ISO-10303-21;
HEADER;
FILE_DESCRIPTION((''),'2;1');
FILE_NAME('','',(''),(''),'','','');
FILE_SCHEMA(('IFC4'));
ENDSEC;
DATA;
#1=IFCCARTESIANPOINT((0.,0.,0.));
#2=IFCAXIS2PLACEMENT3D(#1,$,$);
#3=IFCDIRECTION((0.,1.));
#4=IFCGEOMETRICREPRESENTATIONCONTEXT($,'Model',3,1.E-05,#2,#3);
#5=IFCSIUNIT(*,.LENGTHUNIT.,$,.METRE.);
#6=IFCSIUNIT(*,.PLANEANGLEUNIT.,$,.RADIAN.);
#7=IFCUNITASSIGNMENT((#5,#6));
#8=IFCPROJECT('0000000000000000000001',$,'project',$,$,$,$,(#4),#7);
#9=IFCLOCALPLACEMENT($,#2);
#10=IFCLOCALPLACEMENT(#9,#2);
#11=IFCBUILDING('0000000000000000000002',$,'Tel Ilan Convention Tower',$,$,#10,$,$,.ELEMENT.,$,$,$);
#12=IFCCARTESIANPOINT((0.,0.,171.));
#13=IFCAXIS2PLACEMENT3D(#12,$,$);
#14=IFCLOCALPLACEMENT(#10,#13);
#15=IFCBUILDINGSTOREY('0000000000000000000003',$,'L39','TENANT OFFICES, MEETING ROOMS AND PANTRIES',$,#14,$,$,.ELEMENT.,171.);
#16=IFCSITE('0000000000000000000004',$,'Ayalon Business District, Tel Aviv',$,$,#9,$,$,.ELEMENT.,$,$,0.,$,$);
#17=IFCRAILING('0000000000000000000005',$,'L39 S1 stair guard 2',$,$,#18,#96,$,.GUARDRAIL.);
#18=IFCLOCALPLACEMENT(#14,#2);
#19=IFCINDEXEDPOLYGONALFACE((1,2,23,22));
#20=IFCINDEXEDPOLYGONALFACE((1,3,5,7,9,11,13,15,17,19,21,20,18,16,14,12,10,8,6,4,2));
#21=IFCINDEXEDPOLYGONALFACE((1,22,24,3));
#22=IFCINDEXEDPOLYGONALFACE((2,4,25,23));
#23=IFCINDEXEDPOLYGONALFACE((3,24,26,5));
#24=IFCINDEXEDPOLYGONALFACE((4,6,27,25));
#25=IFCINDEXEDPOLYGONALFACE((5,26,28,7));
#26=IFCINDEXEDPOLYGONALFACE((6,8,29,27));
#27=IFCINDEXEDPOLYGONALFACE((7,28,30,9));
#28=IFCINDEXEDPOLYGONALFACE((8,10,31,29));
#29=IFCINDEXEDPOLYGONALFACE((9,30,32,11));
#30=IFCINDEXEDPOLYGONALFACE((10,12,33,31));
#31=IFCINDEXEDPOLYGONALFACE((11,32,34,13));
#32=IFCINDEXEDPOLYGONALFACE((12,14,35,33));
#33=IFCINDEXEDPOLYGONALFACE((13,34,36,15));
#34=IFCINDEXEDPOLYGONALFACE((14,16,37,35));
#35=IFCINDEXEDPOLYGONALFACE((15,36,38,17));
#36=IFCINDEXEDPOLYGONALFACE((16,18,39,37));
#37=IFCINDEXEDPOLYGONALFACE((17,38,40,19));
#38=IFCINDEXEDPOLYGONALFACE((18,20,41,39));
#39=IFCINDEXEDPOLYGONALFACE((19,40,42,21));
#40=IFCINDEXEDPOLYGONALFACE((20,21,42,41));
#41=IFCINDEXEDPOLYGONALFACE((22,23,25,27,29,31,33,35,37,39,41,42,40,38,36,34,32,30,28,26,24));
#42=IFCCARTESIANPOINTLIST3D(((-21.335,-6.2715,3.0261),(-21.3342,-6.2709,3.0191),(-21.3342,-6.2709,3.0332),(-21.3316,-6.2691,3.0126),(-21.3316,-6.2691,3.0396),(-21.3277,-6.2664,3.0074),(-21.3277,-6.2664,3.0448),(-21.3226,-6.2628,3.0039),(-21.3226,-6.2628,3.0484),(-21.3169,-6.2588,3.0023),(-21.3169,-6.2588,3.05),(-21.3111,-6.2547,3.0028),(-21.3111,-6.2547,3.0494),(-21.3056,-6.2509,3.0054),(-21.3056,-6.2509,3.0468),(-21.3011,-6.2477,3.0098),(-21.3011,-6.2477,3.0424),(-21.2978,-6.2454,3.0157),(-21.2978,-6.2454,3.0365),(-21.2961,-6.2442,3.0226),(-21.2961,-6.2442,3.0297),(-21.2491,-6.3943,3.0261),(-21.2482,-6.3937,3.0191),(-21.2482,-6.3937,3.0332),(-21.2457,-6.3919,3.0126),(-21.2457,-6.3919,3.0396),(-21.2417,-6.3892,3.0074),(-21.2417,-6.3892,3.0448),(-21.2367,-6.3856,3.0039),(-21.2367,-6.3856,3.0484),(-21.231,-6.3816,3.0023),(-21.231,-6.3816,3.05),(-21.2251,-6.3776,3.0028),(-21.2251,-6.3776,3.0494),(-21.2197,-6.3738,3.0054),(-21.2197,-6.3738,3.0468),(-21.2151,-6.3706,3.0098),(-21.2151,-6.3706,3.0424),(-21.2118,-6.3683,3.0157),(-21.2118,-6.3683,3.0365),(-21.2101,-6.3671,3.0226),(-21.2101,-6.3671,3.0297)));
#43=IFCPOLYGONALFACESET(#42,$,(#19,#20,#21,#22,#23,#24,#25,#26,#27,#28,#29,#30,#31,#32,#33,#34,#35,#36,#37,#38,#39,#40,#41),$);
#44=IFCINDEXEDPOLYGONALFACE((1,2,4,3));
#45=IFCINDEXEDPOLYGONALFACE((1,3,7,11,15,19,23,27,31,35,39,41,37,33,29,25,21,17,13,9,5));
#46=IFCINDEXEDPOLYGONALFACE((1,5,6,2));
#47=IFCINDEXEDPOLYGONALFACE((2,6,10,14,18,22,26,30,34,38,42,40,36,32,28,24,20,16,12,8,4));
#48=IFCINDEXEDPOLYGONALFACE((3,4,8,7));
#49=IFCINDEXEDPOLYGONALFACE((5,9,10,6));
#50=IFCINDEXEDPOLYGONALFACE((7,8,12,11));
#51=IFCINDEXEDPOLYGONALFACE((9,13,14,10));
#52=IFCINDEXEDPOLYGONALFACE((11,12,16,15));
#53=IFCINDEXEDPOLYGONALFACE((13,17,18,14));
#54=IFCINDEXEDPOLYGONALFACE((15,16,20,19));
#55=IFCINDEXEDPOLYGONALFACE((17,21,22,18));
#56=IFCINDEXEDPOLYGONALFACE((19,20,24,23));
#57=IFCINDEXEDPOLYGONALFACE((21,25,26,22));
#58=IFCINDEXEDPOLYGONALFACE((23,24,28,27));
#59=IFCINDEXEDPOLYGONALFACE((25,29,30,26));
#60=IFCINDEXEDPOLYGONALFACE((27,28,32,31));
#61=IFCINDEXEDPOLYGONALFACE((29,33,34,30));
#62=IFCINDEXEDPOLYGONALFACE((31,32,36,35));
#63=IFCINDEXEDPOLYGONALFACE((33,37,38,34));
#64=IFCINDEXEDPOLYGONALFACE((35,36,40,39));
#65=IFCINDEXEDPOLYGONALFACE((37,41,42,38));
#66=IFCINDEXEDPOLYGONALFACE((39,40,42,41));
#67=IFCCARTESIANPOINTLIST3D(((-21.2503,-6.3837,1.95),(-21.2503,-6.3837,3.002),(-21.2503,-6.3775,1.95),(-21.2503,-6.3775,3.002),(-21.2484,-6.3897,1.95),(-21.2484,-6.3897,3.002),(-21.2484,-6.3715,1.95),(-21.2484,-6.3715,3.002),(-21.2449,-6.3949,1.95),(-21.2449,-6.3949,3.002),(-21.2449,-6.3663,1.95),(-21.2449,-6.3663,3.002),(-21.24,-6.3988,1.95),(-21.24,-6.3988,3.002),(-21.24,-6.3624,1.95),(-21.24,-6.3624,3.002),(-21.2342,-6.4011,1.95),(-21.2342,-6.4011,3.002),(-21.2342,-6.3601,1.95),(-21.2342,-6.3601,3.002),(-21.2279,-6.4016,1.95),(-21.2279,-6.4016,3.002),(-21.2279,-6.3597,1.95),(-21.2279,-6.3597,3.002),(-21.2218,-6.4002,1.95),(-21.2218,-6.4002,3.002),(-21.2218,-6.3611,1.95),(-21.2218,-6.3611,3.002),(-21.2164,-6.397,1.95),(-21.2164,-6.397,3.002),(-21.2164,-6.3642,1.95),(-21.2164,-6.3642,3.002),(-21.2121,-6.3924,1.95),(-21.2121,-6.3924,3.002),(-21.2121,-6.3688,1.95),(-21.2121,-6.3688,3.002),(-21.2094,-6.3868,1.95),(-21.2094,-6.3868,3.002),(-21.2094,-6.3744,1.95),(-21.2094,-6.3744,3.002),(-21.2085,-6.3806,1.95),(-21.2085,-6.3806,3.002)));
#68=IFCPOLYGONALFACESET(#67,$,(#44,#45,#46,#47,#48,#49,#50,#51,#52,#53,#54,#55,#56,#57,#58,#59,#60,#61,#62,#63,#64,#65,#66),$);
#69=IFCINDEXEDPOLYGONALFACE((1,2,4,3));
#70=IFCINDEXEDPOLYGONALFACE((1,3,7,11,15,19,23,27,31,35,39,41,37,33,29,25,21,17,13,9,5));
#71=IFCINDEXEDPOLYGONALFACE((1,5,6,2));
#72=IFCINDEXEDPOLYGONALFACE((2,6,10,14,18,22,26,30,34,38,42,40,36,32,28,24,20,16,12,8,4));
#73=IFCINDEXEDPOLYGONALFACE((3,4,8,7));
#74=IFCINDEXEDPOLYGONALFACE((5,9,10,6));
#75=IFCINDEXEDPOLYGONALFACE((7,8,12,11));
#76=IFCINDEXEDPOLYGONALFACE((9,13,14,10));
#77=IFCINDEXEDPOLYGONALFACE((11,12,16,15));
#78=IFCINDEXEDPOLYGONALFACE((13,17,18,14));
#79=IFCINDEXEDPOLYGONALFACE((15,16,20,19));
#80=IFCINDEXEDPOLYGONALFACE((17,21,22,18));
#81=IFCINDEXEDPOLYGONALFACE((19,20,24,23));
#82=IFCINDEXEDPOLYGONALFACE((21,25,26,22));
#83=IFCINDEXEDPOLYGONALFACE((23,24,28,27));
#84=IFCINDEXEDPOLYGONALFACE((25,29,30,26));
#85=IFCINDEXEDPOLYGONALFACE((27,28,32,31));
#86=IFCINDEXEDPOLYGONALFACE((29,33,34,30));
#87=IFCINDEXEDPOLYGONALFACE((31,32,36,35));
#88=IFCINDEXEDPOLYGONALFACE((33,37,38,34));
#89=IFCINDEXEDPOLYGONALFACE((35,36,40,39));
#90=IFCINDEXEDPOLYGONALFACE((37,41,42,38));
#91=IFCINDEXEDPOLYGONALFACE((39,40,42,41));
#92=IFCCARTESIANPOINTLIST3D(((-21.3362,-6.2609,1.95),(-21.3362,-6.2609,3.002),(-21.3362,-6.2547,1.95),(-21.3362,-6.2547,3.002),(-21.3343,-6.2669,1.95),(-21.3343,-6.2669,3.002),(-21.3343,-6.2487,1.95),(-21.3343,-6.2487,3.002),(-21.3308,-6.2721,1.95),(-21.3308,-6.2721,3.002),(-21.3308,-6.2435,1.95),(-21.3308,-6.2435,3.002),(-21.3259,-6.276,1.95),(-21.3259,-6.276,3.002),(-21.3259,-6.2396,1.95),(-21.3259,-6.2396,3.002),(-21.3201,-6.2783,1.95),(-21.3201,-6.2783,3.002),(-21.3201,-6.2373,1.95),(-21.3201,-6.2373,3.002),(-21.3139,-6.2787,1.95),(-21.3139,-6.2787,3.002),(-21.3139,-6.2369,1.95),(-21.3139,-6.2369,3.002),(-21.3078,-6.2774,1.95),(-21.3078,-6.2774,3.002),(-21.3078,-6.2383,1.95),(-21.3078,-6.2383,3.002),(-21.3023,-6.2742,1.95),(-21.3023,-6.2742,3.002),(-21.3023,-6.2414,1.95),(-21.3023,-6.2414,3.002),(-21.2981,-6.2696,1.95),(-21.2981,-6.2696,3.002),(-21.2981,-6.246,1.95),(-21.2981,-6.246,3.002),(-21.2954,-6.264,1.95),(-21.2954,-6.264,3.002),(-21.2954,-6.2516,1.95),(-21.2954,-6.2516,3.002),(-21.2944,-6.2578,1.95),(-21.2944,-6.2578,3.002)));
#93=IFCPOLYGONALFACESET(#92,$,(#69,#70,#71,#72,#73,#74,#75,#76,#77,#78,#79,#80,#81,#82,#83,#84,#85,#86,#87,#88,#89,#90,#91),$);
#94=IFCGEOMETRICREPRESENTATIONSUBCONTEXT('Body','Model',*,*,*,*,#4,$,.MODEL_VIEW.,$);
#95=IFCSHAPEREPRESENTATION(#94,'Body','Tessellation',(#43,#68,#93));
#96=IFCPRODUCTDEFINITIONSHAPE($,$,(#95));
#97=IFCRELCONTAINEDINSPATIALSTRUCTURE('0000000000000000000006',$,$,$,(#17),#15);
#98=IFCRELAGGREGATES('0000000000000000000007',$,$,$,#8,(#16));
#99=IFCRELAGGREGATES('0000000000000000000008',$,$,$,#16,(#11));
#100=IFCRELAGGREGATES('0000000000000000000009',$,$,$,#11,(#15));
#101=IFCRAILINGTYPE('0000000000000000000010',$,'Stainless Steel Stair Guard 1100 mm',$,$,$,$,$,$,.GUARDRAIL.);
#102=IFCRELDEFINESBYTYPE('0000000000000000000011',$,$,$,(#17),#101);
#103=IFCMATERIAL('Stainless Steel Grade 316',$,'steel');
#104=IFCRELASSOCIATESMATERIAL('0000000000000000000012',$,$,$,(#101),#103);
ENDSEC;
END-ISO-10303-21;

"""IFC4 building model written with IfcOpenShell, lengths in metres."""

from ifc_helpers import new_model, si_unit, direction, frame, origin, origin_2d, place, context, subcontext, project, spatial, circle, extrude, material, type_object, element, save


model = new_model("IFC4")

# Units and contexts
model_context = context("Model", 3, precision=1e-05, world=origin(), true_north=direction((0.0, 1.0)))
body_context = subcontext(model_context, "Body", "Model", "MODEL_VIEW")
ifc_project = project(units=[si_unit("LENGTHUNIT", "METRE"), si_unit("PLANEANGLEUNIT", "RADIAN")], contexts=[model_context])

# Site, building, storey
site_placement = place(None, origin())
site = spatial("IfcSite", under=ifc_project, at=site_placement, Name="Ayalon Business District, Tel Aviv", CompositionType="ELEMENT", RefElevation=0.0)
building_placement = place(site_placement, origin())
building = spatial("IfcBuilding", under=site, at=building_placement, Name="Tel Ilan Convention Tower", CompositionType="ELEMENT")
storey_placement = place(building_placement, frame((0.0, 0.0, 171.0)))
storey = spatial("IfcBuildingStorey", under=building, at=storey_placement, Name="L39", Description="TENANT OFFICES, MEETING ROOMS AND PANTRIES", CompositionType="ELEMENT", Elevation=171.0)

# Railing
ifc_material_1 = material(Name="Stainless Steel Grade 316", Category="steel")
railing_type_1 = type_object("IfcRailingType", Name="Stainless Steel Stair Guard 1100 mm", PredefinedType="GUARDRAIL", material=ifc_material_1)
railing_1_placement = place(storey_placement, frame((-21.2295, -6.3806, 1.95)))
element("IfcRailing", 1, at=railing_1_placement, inside=storey, type_object=railing_type_1, Name="L39 S1 stair guard 2", PredefinedType="GUARDRAIL", context=body_context, shape_type="SweptSolid", body=[
    extrude(circle(Radius=0.0239, at=origin_2d()), frame((0.0, 0.0, 1.0762), z_axis=(-0.573353, 0.819308, 0.0), x_axis=(-0.819308, -0.573353, 0.0)), (0.0, 0.0, 1.0), 0.1499),
    extrude(circle(Radius=0.021, at=origin_2d()), origin(), (0.0, 0.0, 1.0), 1.052),
    extrude(circle(Radius=0.021, at=origin_2d()), frame((-0.0859, 0.1228, 0.0)), (0.0, 0.0, 1.0), 1.052),
])

save(model, "model.ifc")
